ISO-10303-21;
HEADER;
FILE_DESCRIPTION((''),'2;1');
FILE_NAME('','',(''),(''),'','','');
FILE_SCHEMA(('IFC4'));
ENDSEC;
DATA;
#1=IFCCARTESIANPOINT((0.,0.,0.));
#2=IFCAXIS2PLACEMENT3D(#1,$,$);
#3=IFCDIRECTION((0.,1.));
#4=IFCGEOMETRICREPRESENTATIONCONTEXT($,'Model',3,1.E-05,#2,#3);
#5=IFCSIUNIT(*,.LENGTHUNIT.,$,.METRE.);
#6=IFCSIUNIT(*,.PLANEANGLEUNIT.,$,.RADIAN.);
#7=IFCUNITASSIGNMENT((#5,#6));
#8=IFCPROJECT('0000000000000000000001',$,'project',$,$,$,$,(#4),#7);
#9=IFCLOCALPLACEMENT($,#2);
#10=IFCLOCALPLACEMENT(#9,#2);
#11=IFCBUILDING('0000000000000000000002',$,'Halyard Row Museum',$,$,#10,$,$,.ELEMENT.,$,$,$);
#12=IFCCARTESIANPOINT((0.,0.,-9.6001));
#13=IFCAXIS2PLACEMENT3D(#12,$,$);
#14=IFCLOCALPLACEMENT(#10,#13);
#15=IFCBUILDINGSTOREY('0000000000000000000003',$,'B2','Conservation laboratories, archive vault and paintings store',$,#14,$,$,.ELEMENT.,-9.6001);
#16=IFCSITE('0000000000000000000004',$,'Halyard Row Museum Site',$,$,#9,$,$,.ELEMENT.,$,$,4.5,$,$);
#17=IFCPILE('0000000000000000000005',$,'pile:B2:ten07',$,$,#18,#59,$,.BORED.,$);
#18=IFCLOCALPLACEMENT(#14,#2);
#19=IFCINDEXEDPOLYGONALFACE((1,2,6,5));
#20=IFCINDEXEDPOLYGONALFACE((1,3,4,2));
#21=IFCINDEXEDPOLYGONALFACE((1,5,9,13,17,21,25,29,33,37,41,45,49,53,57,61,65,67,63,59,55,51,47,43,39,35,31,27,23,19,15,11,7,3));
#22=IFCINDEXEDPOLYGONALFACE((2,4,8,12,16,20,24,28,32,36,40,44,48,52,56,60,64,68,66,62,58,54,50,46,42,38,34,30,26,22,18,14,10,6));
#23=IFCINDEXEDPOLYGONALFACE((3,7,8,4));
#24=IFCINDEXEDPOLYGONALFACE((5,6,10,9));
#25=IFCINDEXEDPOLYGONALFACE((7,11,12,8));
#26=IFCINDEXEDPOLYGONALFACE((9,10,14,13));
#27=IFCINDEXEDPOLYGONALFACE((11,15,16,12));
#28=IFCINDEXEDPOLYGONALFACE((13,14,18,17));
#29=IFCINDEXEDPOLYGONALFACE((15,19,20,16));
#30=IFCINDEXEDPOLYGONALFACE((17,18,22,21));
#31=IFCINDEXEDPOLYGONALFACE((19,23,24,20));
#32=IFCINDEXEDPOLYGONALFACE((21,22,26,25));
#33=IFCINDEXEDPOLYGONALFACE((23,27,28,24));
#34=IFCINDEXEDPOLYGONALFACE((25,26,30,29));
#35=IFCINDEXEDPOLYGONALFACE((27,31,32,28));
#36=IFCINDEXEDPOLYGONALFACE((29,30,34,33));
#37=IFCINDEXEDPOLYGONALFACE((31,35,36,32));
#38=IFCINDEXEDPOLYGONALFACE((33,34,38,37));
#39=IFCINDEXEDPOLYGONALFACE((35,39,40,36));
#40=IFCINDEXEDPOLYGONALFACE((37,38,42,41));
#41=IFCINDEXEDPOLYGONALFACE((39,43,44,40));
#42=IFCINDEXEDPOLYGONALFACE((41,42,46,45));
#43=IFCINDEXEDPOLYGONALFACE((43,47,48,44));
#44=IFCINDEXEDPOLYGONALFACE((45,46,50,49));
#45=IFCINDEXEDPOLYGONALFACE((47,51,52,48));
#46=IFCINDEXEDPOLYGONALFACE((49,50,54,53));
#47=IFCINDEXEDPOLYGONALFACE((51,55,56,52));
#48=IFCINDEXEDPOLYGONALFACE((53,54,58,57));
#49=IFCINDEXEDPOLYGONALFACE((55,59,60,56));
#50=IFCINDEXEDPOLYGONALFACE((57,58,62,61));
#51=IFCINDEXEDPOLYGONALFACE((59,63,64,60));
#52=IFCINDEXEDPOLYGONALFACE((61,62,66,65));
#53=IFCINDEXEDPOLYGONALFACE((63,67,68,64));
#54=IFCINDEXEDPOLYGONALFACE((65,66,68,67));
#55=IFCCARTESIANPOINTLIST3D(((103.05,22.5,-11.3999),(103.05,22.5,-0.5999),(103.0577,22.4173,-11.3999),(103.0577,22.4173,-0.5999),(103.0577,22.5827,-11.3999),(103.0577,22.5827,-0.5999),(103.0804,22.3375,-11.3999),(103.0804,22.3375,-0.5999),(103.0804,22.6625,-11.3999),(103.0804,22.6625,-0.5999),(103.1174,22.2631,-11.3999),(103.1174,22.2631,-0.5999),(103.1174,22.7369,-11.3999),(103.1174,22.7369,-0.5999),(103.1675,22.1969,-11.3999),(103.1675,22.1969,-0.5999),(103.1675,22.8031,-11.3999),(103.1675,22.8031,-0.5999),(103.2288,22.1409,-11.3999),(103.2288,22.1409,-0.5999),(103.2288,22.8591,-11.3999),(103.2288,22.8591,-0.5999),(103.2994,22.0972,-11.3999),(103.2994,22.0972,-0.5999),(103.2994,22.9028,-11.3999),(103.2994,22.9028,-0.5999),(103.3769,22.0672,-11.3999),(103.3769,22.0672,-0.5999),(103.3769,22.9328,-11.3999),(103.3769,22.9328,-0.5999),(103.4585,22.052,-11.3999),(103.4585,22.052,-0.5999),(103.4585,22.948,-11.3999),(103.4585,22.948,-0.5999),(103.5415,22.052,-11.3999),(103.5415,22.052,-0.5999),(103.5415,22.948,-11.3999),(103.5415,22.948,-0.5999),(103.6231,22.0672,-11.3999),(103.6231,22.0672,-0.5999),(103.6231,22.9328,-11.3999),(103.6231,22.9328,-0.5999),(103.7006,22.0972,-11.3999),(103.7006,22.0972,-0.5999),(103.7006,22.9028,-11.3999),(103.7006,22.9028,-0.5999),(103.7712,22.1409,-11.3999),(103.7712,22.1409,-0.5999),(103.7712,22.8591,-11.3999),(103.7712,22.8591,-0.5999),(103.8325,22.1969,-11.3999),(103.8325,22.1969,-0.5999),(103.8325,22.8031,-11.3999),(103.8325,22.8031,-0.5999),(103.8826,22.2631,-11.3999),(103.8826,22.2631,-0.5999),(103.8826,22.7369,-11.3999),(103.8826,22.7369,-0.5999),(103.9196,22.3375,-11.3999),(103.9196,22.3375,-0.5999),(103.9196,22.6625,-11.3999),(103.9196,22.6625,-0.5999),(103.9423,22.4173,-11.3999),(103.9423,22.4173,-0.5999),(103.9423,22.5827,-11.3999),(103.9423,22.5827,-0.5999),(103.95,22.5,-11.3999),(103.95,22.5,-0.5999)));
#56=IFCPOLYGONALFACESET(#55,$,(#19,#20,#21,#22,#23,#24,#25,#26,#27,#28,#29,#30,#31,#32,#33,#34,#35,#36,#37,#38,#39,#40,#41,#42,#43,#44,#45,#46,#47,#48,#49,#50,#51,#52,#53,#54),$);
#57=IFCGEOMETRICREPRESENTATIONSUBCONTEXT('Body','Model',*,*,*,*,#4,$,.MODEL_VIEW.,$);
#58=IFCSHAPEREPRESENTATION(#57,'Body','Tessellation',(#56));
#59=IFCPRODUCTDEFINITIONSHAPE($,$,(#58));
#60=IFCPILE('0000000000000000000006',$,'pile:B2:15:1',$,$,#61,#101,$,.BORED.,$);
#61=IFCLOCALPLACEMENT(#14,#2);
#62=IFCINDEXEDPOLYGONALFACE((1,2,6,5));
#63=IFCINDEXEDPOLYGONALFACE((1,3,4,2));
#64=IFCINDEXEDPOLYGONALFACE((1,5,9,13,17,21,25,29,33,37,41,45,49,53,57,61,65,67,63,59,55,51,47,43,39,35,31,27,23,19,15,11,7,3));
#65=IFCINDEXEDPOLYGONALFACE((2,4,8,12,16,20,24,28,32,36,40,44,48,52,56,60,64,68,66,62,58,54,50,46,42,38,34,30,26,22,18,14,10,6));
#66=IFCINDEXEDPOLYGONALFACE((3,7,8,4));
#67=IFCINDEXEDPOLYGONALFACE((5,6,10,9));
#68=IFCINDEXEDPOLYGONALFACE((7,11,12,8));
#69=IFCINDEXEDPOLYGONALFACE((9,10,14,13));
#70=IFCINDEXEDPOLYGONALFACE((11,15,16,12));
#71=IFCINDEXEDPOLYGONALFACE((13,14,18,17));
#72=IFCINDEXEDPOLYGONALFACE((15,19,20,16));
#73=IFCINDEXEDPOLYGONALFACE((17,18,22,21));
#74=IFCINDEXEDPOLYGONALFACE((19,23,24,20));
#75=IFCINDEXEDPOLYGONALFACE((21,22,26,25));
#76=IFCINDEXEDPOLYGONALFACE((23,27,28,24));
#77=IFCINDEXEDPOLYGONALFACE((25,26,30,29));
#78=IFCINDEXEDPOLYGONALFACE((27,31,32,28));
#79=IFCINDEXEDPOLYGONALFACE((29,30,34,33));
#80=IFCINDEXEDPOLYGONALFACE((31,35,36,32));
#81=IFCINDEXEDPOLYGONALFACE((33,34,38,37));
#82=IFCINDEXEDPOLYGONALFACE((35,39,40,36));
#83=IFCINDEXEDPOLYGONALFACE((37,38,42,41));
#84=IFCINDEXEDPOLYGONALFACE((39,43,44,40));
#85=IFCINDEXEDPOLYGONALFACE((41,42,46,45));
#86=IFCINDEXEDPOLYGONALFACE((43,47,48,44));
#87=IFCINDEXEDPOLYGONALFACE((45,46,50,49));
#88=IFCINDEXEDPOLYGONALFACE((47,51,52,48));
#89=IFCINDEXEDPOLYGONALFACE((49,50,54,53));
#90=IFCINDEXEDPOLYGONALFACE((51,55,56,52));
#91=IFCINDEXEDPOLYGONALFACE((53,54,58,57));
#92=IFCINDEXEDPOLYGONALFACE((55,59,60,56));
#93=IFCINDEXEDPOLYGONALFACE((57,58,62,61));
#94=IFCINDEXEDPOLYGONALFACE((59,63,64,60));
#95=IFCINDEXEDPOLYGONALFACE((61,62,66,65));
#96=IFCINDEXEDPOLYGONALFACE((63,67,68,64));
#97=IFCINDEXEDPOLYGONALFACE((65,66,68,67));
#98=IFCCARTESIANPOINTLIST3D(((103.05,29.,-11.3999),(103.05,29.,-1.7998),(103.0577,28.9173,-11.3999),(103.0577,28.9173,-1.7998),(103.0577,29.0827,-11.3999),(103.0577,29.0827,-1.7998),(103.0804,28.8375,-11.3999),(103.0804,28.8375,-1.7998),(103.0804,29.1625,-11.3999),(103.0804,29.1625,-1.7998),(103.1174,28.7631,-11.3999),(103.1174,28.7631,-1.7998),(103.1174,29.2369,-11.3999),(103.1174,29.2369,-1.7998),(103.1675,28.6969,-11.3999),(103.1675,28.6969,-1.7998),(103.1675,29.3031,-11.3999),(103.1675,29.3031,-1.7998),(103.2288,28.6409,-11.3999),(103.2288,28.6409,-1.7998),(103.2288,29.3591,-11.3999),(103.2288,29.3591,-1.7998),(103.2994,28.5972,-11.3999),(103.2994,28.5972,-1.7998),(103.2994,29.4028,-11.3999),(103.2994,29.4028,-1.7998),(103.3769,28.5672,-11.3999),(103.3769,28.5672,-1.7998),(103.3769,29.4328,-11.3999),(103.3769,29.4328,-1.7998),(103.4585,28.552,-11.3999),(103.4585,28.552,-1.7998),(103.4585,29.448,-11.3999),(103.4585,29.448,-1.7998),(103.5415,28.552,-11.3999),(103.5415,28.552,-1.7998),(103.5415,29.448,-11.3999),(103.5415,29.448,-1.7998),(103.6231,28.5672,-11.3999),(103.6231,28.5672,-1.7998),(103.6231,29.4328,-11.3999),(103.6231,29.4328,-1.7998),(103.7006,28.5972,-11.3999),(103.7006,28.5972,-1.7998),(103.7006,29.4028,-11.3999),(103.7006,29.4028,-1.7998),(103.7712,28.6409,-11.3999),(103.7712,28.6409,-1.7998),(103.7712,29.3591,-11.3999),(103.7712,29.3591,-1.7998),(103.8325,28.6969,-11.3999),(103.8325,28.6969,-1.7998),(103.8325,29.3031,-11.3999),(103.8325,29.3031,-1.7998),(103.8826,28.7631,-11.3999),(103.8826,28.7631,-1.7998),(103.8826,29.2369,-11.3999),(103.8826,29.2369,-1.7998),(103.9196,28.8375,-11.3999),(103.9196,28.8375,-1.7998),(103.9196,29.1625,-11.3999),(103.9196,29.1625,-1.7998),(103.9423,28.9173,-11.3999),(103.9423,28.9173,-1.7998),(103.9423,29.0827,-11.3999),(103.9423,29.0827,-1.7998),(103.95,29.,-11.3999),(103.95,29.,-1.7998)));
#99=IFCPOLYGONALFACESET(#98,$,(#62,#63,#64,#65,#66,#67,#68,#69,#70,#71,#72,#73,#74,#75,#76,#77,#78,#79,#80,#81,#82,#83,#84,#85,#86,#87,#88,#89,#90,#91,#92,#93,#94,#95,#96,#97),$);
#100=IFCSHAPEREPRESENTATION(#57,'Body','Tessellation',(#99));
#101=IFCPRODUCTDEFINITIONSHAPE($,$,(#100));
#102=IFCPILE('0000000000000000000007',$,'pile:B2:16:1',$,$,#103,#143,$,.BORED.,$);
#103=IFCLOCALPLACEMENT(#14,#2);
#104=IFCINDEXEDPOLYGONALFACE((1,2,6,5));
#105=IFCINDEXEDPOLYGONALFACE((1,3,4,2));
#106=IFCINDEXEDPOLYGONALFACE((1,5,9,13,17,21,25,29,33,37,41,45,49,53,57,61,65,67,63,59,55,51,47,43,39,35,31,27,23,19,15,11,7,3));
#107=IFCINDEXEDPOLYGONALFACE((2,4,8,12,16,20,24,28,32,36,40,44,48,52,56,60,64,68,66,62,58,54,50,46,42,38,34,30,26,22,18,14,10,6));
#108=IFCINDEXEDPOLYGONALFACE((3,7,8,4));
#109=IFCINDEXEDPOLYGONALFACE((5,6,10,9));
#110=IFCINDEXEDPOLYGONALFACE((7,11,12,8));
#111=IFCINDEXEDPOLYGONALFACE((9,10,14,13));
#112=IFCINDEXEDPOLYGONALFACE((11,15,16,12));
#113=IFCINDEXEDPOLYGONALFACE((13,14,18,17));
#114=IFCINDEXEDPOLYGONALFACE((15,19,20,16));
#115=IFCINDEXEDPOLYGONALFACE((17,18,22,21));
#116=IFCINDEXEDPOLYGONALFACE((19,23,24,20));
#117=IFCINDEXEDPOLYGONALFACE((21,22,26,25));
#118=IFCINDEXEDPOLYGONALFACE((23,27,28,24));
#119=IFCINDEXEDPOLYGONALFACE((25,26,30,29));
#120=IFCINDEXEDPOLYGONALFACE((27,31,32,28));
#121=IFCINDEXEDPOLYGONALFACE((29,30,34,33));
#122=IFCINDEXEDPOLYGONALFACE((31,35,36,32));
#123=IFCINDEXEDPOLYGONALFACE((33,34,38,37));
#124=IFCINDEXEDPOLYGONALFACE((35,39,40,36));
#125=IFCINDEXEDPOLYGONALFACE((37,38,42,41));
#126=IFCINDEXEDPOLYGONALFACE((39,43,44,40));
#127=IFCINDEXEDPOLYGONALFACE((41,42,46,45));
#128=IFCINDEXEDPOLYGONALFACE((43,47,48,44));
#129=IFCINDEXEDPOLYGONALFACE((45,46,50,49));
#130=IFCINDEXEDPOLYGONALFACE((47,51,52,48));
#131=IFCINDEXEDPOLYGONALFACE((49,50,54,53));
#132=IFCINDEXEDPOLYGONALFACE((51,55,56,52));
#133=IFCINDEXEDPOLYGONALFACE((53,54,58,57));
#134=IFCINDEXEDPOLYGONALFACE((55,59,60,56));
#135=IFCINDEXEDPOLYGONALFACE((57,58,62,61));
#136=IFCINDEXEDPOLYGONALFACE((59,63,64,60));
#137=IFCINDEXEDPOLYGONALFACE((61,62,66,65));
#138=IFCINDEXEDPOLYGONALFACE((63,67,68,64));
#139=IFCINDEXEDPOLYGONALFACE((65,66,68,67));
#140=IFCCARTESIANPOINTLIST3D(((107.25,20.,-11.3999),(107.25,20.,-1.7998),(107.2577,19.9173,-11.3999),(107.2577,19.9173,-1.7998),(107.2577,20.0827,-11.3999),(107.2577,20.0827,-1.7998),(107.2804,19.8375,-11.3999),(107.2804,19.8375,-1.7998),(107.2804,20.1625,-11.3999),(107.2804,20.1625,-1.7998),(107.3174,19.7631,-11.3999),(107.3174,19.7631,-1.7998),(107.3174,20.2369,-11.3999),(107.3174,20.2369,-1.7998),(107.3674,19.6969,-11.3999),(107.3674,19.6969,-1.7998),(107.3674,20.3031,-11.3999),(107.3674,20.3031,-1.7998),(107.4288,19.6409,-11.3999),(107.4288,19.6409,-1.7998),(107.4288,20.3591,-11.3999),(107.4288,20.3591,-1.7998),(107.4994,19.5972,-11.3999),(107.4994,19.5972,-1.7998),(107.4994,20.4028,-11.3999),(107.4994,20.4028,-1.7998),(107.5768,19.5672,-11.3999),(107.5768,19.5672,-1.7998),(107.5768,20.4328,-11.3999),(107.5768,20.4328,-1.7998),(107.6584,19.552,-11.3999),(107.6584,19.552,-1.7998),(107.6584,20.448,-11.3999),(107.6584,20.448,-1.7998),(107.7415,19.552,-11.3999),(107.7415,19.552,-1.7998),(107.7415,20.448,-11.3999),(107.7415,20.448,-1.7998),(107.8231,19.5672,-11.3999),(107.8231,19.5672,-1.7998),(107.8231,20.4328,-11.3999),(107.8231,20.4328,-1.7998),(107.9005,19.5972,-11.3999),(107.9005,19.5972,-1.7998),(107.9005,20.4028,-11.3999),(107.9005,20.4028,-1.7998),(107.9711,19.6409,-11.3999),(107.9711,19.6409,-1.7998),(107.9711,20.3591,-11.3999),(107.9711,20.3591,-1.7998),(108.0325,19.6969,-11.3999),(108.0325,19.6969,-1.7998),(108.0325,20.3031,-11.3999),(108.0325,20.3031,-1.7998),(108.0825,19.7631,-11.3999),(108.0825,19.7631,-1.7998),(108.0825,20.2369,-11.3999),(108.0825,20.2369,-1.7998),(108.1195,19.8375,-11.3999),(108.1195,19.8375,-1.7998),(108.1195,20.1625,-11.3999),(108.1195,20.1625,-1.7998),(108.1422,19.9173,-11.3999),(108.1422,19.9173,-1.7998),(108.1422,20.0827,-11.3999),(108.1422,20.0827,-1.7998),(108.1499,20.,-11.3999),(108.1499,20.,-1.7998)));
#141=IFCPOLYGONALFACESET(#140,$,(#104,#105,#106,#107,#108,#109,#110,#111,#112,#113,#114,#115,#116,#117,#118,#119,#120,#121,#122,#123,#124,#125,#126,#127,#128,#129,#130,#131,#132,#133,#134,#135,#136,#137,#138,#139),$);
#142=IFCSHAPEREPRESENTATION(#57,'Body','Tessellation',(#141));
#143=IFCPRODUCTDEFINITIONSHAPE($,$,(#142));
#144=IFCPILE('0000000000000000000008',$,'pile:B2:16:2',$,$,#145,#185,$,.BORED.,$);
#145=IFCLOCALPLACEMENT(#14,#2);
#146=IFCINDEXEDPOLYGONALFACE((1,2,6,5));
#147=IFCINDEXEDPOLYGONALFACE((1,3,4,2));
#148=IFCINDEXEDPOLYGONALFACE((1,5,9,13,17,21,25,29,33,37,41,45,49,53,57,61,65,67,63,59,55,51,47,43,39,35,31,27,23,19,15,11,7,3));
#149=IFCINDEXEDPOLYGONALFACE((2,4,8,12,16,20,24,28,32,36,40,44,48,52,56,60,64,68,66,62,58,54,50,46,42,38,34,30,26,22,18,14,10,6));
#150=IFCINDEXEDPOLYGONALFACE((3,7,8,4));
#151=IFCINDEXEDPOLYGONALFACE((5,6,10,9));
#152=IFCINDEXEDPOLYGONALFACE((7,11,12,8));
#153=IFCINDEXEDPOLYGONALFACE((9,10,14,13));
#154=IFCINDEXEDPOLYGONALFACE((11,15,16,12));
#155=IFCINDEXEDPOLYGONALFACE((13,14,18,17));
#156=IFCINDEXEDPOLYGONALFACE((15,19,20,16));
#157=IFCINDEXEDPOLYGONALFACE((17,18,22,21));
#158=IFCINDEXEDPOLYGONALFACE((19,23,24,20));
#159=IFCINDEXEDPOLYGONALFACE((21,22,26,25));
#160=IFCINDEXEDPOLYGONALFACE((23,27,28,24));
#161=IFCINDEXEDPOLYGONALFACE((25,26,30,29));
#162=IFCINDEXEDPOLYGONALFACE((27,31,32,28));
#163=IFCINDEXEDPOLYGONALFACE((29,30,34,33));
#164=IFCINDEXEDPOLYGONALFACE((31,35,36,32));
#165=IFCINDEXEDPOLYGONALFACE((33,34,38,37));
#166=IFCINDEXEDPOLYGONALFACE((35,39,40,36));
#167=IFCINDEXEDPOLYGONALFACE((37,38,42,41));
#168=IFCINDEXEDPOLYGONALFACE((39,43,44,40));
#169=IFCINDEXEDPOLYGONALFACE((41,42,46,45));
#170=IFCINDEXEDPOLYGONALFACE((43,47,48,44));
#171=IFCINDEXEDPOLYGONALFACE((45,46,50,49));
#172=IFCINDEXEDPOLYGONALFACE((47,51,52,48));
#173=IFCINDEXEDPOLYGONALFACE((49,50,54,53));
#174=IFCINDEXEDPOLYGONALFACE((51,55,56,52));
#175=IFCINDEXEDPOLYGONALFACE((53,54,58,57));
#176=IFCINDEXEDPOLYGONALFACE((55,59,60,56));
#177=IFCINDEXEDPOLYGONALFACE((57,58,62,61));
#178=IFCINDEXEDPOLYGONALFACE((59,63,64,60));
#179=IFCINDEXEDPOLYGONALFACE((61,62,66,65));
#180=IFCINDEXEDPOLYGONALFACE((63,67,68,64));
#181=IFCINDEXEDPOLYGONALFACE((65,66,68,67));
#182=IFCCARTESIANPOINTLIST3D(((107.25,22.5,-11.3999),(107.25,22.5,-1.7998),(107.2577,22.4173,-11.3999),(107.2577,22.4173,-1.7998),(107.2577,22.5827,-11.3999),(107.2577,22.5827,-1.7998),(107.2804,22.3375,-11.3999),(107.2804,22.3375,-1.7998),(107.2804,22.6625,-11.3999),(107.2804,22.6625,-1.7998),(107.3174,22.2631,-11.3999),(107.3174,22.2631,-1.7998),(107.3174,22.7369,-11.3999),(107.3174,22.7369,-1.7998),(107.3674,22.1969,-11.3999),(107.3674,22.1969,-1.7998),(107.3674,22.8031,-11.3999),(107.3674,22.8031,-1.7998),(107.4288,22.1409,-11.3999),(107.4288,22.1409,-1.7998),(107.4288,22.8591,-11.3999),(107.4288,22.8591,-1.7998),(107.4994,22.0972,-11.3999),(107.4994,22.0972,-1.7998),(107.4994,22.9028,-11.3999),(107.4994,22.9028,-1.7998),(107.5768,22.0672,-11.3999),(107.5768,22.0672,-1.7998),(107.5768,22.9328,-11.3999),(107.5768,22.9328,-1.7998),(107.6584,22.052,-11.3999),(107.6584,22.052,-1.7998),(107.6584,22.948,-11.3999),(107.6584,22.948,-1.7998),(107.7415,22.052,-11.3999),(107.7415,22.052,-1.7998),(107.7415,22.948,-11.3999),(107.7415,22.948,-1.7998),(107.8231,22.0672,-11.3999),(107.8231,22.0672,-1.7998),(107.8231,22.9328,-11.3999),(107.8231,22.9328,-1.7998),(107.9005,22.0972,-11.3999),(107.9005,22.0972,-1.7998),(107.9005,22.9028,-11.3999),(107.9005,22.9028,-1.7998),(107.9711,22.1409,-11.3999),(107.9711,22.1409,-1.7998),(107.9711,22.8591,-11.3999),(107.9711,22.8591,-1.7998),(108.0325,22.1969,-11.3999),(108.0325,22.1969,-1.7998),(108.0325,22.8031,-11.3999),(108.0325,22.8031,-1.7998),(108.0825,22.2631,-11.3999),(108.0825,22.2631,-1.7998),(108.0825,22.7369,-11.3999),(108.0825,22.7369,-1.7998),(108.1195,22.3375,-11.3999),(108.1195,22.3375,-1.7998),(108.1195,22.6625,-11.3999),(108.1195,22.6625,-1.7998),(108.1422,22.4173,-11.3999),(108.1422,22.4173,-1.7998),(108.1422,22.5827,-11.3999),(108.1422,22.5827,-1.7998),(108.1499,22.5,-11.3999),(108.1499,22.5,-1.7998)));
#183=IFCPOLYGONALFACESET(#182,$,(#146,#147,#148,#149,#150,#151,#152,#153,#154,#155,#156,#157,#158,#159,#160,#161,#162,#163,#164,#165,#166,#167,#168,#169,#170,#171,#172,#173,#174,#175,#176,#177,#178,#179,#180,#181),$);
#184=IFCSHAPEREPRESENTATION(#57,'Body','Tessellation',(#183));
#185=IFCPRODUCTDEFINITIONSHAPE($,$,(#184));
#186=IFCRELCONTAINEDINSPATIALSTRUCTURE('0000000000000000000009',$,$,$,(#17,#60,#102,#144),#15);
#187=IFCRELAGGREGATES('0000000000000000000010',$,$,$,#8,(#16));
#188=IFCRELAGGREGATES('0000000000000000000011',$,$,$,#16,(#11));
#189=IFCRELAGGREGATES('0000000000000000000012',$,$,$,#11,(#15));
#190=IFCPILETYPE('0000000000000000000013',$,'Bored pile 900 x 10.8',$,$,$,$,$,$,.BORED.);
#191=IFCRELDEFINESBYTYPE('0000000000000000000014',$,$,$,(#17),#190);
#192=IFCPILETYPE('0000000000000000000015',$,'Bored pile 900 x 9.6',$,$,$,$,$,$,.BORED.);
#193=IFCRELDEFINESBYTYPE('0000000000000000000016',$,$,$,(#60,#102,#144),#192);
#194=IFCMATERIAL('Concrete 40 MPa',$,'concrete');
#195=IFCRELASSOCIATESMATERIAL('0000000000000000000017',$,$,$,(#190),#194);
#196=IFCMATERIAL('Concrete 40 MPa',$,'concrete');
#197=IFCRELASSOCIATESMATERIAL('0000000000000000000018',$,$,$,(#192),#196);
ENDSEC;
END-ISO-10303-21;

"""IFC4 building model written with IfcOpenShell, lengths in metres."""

from ifc_helpers import new_model, si_unit, direction, frame, origin, origin_2d, place, context, subcontext, project, spatial, circle, extrude, material, material_profile, profile_set, type_object, element, save


model = new_model("IFC4")

# Units and contexts
model_context = context("Model", 3, precision=1e-05, world=origin(), true_north=direction((0.0, 1.0)))
body_context = subcontext(model_context, "Body", "Model", "MODEL_VIEW")
ifc_project = project(units=[si_unit("LENGTHUNIT", "METRE"), si_unit("PLANEANGLEUNIT", "RADIAN")], contexts=[model_context])

# Site, building, storey
site_placement = place(None, origin())
site = spatial("IfcSite", under=ifc_project, at=site_placement, Name="Halyard Row Museum Site", CompositionType="ELEMENT", RefElevation=4.5)
building_placement = place(site_placement, origin())
building = spatial("IfcBuilding", under=site, at=building_placement, Name="Halyard Row Museum", CompositionType="ELEMENT")
storey_placement = place(building_placement, frame((0.0, 0.0, -9.6001)))
storey = spatial("IfcBuildingStorey", under=building, at=storey_placement, Name="B2", Description="Conservation laboratories, archive vault and paintings store", CompositionType="ELEMENT", Elevation=-9.6001)

# Piles
ifc_material_1 = material(Name="Concrete 40 MPa", Category="concrete")
ifc_material_profile_1 = material_profile(ifc_material_1, circle(Radius=0.45, at=origin_2d()), Name="Bored pile 900 x 10.8")
ifc_profile_set_1 = profile_set([ifc_material_profile_1], Name="Concrete 40 MPa")
pile_type_1 = type_object("IfcPileType", Name="Bored pile 900 x 10.8", PredefinedType="BORED", material=ifc_profile_set_1)
for number, where, z_axis, x_axis, name in (
    (1, (103.5, 22.5, -0.5999), (0.0, 0.0, -1.0), (1.0, 0.0, 0.0), "pile:B2:ten07"),
):
    element("IfcPile", number, at=place(storey_placement, frame(where, z_axis=z_axis, x_axis=x_axis)), inside=storey, type_object=pile_type_1, Name=name, PredefinedType="BORED", context=body_context, shape_type="SweptSolid", body=[
        extrude(circle(Radius=0.45, at=origin_2d()), origin(), (0.0, 0.0, 1.0), 10.8),
    ])
ifc_material_2 = material(Name="Concrete 40 MPa", Category="concrete")
ifc_material_profile_2 = material_profile(ifc_material_2, circle(Radius=0.45, at=origin_2d()), Name="Bored pile 900 x 9.6")
ifc_profile_set_2 = profile_set([ifc_material_profile_2], Name="Concrete 40 MPa")
pile_type_2 = type_object("IfcPileType", Name="Bored pile 900 x 9.6", PredefinedType="BORED", material=ifc_profile_set_2)
for number, where, z_axis, x_axis, name in (
    (2, (103.5, 29.0, -1.7998), (0.0, 0.0, -1.0), (1.0, 0.0, 0.0), "pile:B2:15:1"),
    (3, (107.7, 20.0, -1.7998), (0.0, 0.0, -1.0), (1.0, 0.0, 0.0), "pile:B2:16:1"),
    (4, (107.7, 22.5, -1.7998), (0.0, 0.0, -1.0), (1.0, 0.0, 0.0), "pile:B2:16:2"),
):
    element("IfcPile", number, at=place(storey_placement, frame(where, z_axis=z_axis, x_axis=x_axis)), inside=storey, type_object=pile_type_2, Name=name, PredefinedType="BORED", context=body_context, shape_type="SweptSolid", body=[
        extrude(circle(Radius=0.45, at=origin_2d()), origin(), (0.0, 0.0, 1.0), 9.6001),
    ])

save(model, "model.ifc")
